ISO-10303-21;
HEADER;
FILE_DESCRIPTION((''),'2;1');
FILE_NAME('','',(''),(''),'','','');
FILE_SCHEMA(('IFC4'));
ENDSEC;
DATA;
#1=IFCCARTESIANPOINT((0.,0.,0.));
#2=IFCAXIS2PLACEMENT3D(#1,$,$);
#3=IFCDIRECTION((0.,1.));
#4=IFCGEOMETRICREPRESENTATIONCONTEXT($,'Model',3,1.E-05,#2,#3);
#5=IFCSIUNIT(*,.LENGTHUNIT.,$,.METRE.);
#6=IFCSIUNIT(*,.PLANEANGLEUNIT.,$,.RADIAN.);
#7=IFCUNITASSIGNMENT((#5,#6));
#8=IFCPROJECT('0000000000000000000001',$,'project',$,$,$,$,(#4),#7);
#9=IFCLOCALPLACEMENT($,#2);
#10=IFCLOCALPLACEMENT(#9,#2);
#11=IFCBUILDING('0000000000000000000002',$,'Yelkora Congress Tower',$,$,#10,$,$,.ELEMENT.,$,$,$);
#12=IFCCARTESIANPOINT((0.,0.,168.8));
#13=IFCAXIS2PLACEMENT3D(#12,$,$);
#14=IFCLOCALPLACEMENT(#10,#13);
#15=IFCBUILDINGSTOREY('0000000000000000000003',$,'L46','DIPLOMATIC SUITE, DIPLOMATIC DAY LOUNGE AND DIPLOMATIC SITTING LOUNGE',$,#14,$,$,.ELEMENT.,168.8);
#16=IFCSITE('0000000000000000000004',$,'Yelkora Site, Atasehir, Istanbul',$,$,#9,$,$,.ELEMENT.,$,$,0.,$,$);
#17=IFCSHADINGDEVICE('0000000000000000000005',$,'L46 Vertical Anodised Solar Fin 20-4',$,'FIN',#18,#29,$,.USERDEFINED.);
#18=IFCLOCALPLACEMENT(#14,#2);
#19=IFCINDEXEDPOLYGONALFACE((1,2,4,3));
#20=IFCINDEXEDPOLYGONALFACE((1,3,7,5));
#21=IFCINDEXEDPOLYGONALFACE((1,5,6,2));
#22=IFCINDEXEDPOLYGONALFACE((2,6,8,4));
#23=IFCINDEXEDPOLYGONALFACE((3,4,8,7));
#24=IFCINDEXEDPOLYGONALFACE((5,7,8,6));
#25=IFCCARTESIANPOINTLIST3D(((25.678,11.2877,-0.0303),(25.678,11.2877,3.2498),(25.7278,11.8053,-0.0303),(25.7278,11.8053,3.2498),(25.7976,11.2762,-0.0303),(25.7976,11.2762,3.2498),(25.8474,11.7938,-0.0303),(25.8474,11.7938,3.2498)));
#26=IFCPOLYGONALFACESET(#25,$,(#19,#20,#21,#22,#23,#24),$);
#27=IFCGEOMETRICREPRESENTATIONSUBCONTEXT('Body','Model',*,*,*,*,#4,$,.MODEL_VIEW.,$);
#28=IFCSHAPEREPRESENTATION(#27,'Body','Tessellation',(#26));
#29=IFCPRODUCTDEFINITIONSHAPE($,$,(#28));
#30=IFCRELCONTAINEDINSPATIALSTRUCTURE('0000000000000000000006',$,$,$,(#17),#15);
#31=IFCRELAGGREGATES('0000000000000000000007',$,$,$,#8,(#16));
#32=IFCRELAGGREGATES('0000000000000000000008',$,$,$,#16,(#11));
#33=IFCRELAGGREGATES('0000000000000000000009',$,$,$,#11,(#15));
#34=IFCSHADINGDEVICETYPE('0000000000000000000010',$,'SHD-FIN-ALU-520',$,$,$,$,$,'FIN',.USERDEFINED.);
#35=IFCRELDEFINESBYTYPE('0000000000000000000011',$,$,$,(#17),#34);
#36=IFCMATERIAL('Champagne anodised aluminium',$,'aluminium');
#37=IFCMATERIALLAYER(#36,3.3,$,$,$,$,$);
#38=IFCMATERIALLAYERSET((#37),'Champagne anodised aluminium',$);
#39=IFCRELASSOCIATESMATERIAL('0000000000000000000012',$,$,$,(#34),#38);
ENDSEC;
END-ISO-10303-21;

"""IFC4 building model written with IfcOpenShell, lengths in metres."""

from ifc_helpers import new_model, si_unit, direction, frame, origin, origin_2d, place, context, subcontext, project, spatial, rectangle, extrude, material, layer, layer_set, type_object, element, save


model = new_model("IFC4")

# Units and contexts
model_context = context("Model", 3, precision=1e-05, world=origin(), true_north=direction((0.0, 1.0)))
body_context = subcontext(model_context, "Body", "Model", "MODEL_VIEW")
ifc_project = project(units=[si_unit("LENGTHUNIT", "METRE"), si_unit("PLANEANGLEUNIT", "RADIAN")], contexts=[model_context])

# Site, building, storey
site_placement = place(None, origin())
site = spatial("IfcSite", under=ifc_project, at=site_placement, Name="Yelkora Site, Atasehir, Istanbul", CompositionType="ELEMENT", RefElevation=0.0)
building_placement = place(site_placement, origin())
building = spatial("IfcBuilding", under=site, at=building_placement, Name="Yelkora Congress Tower", CompositionType="ELEMENT")
storey_placement = place(building_placement, frame((0.0, 0.0, 168.8)))
storey = spatial("IfcBuildingStorey", under=building, at=storey_placement, Name="L46", Description="DIPLOMATIC SUITE, DIPLOMATIC DAY LOUNGE AND DIPLOMATIC SITTING LOUNGE", CompositionType="ELEMENT", Elevation=168.8)

# Shading device
ifc_material_1 = material(Name="Champagne anodised aluminium", Category="aluminium")
ifc_layer_1 = layer(ifc_material_1, 3.3)
ifc_layer_set_1 = layer_set([ifc_layer_1], Name="Champagne anodised aluminium")
shading_device_type = type_object("IfcShadingDeviceType", Name="SHD-FIN-ALU-520", ElementType="FIN", PredefinedType="USERDEFINED", material=ifc_layer_set_1)
shading_device_placement = place(storey_placement, frame((25.7627, 11.5408, -0.0303), z_axis=(0.0, 0.0, 1.0), x_axis=(-0.995396, 0.095846, 0.0)))
element("IfcShadingDevice", 1, at=shading_device_placement, inside=storey, type_object=shading_device_type, Name="L46 Vertical Anodised Solar Fin 20-4", ObjectType="FIN", PredefinedType="USERDEFINED", context=body_context, shape_type="SweptSolid", body=[
    extrude(rectangle(XDim=0.1201, YDim=0.52, at=origin_2d()), origin(), (0.0, 0.0, 1.0), 3.28),
])

save(model, "model.ifc")
